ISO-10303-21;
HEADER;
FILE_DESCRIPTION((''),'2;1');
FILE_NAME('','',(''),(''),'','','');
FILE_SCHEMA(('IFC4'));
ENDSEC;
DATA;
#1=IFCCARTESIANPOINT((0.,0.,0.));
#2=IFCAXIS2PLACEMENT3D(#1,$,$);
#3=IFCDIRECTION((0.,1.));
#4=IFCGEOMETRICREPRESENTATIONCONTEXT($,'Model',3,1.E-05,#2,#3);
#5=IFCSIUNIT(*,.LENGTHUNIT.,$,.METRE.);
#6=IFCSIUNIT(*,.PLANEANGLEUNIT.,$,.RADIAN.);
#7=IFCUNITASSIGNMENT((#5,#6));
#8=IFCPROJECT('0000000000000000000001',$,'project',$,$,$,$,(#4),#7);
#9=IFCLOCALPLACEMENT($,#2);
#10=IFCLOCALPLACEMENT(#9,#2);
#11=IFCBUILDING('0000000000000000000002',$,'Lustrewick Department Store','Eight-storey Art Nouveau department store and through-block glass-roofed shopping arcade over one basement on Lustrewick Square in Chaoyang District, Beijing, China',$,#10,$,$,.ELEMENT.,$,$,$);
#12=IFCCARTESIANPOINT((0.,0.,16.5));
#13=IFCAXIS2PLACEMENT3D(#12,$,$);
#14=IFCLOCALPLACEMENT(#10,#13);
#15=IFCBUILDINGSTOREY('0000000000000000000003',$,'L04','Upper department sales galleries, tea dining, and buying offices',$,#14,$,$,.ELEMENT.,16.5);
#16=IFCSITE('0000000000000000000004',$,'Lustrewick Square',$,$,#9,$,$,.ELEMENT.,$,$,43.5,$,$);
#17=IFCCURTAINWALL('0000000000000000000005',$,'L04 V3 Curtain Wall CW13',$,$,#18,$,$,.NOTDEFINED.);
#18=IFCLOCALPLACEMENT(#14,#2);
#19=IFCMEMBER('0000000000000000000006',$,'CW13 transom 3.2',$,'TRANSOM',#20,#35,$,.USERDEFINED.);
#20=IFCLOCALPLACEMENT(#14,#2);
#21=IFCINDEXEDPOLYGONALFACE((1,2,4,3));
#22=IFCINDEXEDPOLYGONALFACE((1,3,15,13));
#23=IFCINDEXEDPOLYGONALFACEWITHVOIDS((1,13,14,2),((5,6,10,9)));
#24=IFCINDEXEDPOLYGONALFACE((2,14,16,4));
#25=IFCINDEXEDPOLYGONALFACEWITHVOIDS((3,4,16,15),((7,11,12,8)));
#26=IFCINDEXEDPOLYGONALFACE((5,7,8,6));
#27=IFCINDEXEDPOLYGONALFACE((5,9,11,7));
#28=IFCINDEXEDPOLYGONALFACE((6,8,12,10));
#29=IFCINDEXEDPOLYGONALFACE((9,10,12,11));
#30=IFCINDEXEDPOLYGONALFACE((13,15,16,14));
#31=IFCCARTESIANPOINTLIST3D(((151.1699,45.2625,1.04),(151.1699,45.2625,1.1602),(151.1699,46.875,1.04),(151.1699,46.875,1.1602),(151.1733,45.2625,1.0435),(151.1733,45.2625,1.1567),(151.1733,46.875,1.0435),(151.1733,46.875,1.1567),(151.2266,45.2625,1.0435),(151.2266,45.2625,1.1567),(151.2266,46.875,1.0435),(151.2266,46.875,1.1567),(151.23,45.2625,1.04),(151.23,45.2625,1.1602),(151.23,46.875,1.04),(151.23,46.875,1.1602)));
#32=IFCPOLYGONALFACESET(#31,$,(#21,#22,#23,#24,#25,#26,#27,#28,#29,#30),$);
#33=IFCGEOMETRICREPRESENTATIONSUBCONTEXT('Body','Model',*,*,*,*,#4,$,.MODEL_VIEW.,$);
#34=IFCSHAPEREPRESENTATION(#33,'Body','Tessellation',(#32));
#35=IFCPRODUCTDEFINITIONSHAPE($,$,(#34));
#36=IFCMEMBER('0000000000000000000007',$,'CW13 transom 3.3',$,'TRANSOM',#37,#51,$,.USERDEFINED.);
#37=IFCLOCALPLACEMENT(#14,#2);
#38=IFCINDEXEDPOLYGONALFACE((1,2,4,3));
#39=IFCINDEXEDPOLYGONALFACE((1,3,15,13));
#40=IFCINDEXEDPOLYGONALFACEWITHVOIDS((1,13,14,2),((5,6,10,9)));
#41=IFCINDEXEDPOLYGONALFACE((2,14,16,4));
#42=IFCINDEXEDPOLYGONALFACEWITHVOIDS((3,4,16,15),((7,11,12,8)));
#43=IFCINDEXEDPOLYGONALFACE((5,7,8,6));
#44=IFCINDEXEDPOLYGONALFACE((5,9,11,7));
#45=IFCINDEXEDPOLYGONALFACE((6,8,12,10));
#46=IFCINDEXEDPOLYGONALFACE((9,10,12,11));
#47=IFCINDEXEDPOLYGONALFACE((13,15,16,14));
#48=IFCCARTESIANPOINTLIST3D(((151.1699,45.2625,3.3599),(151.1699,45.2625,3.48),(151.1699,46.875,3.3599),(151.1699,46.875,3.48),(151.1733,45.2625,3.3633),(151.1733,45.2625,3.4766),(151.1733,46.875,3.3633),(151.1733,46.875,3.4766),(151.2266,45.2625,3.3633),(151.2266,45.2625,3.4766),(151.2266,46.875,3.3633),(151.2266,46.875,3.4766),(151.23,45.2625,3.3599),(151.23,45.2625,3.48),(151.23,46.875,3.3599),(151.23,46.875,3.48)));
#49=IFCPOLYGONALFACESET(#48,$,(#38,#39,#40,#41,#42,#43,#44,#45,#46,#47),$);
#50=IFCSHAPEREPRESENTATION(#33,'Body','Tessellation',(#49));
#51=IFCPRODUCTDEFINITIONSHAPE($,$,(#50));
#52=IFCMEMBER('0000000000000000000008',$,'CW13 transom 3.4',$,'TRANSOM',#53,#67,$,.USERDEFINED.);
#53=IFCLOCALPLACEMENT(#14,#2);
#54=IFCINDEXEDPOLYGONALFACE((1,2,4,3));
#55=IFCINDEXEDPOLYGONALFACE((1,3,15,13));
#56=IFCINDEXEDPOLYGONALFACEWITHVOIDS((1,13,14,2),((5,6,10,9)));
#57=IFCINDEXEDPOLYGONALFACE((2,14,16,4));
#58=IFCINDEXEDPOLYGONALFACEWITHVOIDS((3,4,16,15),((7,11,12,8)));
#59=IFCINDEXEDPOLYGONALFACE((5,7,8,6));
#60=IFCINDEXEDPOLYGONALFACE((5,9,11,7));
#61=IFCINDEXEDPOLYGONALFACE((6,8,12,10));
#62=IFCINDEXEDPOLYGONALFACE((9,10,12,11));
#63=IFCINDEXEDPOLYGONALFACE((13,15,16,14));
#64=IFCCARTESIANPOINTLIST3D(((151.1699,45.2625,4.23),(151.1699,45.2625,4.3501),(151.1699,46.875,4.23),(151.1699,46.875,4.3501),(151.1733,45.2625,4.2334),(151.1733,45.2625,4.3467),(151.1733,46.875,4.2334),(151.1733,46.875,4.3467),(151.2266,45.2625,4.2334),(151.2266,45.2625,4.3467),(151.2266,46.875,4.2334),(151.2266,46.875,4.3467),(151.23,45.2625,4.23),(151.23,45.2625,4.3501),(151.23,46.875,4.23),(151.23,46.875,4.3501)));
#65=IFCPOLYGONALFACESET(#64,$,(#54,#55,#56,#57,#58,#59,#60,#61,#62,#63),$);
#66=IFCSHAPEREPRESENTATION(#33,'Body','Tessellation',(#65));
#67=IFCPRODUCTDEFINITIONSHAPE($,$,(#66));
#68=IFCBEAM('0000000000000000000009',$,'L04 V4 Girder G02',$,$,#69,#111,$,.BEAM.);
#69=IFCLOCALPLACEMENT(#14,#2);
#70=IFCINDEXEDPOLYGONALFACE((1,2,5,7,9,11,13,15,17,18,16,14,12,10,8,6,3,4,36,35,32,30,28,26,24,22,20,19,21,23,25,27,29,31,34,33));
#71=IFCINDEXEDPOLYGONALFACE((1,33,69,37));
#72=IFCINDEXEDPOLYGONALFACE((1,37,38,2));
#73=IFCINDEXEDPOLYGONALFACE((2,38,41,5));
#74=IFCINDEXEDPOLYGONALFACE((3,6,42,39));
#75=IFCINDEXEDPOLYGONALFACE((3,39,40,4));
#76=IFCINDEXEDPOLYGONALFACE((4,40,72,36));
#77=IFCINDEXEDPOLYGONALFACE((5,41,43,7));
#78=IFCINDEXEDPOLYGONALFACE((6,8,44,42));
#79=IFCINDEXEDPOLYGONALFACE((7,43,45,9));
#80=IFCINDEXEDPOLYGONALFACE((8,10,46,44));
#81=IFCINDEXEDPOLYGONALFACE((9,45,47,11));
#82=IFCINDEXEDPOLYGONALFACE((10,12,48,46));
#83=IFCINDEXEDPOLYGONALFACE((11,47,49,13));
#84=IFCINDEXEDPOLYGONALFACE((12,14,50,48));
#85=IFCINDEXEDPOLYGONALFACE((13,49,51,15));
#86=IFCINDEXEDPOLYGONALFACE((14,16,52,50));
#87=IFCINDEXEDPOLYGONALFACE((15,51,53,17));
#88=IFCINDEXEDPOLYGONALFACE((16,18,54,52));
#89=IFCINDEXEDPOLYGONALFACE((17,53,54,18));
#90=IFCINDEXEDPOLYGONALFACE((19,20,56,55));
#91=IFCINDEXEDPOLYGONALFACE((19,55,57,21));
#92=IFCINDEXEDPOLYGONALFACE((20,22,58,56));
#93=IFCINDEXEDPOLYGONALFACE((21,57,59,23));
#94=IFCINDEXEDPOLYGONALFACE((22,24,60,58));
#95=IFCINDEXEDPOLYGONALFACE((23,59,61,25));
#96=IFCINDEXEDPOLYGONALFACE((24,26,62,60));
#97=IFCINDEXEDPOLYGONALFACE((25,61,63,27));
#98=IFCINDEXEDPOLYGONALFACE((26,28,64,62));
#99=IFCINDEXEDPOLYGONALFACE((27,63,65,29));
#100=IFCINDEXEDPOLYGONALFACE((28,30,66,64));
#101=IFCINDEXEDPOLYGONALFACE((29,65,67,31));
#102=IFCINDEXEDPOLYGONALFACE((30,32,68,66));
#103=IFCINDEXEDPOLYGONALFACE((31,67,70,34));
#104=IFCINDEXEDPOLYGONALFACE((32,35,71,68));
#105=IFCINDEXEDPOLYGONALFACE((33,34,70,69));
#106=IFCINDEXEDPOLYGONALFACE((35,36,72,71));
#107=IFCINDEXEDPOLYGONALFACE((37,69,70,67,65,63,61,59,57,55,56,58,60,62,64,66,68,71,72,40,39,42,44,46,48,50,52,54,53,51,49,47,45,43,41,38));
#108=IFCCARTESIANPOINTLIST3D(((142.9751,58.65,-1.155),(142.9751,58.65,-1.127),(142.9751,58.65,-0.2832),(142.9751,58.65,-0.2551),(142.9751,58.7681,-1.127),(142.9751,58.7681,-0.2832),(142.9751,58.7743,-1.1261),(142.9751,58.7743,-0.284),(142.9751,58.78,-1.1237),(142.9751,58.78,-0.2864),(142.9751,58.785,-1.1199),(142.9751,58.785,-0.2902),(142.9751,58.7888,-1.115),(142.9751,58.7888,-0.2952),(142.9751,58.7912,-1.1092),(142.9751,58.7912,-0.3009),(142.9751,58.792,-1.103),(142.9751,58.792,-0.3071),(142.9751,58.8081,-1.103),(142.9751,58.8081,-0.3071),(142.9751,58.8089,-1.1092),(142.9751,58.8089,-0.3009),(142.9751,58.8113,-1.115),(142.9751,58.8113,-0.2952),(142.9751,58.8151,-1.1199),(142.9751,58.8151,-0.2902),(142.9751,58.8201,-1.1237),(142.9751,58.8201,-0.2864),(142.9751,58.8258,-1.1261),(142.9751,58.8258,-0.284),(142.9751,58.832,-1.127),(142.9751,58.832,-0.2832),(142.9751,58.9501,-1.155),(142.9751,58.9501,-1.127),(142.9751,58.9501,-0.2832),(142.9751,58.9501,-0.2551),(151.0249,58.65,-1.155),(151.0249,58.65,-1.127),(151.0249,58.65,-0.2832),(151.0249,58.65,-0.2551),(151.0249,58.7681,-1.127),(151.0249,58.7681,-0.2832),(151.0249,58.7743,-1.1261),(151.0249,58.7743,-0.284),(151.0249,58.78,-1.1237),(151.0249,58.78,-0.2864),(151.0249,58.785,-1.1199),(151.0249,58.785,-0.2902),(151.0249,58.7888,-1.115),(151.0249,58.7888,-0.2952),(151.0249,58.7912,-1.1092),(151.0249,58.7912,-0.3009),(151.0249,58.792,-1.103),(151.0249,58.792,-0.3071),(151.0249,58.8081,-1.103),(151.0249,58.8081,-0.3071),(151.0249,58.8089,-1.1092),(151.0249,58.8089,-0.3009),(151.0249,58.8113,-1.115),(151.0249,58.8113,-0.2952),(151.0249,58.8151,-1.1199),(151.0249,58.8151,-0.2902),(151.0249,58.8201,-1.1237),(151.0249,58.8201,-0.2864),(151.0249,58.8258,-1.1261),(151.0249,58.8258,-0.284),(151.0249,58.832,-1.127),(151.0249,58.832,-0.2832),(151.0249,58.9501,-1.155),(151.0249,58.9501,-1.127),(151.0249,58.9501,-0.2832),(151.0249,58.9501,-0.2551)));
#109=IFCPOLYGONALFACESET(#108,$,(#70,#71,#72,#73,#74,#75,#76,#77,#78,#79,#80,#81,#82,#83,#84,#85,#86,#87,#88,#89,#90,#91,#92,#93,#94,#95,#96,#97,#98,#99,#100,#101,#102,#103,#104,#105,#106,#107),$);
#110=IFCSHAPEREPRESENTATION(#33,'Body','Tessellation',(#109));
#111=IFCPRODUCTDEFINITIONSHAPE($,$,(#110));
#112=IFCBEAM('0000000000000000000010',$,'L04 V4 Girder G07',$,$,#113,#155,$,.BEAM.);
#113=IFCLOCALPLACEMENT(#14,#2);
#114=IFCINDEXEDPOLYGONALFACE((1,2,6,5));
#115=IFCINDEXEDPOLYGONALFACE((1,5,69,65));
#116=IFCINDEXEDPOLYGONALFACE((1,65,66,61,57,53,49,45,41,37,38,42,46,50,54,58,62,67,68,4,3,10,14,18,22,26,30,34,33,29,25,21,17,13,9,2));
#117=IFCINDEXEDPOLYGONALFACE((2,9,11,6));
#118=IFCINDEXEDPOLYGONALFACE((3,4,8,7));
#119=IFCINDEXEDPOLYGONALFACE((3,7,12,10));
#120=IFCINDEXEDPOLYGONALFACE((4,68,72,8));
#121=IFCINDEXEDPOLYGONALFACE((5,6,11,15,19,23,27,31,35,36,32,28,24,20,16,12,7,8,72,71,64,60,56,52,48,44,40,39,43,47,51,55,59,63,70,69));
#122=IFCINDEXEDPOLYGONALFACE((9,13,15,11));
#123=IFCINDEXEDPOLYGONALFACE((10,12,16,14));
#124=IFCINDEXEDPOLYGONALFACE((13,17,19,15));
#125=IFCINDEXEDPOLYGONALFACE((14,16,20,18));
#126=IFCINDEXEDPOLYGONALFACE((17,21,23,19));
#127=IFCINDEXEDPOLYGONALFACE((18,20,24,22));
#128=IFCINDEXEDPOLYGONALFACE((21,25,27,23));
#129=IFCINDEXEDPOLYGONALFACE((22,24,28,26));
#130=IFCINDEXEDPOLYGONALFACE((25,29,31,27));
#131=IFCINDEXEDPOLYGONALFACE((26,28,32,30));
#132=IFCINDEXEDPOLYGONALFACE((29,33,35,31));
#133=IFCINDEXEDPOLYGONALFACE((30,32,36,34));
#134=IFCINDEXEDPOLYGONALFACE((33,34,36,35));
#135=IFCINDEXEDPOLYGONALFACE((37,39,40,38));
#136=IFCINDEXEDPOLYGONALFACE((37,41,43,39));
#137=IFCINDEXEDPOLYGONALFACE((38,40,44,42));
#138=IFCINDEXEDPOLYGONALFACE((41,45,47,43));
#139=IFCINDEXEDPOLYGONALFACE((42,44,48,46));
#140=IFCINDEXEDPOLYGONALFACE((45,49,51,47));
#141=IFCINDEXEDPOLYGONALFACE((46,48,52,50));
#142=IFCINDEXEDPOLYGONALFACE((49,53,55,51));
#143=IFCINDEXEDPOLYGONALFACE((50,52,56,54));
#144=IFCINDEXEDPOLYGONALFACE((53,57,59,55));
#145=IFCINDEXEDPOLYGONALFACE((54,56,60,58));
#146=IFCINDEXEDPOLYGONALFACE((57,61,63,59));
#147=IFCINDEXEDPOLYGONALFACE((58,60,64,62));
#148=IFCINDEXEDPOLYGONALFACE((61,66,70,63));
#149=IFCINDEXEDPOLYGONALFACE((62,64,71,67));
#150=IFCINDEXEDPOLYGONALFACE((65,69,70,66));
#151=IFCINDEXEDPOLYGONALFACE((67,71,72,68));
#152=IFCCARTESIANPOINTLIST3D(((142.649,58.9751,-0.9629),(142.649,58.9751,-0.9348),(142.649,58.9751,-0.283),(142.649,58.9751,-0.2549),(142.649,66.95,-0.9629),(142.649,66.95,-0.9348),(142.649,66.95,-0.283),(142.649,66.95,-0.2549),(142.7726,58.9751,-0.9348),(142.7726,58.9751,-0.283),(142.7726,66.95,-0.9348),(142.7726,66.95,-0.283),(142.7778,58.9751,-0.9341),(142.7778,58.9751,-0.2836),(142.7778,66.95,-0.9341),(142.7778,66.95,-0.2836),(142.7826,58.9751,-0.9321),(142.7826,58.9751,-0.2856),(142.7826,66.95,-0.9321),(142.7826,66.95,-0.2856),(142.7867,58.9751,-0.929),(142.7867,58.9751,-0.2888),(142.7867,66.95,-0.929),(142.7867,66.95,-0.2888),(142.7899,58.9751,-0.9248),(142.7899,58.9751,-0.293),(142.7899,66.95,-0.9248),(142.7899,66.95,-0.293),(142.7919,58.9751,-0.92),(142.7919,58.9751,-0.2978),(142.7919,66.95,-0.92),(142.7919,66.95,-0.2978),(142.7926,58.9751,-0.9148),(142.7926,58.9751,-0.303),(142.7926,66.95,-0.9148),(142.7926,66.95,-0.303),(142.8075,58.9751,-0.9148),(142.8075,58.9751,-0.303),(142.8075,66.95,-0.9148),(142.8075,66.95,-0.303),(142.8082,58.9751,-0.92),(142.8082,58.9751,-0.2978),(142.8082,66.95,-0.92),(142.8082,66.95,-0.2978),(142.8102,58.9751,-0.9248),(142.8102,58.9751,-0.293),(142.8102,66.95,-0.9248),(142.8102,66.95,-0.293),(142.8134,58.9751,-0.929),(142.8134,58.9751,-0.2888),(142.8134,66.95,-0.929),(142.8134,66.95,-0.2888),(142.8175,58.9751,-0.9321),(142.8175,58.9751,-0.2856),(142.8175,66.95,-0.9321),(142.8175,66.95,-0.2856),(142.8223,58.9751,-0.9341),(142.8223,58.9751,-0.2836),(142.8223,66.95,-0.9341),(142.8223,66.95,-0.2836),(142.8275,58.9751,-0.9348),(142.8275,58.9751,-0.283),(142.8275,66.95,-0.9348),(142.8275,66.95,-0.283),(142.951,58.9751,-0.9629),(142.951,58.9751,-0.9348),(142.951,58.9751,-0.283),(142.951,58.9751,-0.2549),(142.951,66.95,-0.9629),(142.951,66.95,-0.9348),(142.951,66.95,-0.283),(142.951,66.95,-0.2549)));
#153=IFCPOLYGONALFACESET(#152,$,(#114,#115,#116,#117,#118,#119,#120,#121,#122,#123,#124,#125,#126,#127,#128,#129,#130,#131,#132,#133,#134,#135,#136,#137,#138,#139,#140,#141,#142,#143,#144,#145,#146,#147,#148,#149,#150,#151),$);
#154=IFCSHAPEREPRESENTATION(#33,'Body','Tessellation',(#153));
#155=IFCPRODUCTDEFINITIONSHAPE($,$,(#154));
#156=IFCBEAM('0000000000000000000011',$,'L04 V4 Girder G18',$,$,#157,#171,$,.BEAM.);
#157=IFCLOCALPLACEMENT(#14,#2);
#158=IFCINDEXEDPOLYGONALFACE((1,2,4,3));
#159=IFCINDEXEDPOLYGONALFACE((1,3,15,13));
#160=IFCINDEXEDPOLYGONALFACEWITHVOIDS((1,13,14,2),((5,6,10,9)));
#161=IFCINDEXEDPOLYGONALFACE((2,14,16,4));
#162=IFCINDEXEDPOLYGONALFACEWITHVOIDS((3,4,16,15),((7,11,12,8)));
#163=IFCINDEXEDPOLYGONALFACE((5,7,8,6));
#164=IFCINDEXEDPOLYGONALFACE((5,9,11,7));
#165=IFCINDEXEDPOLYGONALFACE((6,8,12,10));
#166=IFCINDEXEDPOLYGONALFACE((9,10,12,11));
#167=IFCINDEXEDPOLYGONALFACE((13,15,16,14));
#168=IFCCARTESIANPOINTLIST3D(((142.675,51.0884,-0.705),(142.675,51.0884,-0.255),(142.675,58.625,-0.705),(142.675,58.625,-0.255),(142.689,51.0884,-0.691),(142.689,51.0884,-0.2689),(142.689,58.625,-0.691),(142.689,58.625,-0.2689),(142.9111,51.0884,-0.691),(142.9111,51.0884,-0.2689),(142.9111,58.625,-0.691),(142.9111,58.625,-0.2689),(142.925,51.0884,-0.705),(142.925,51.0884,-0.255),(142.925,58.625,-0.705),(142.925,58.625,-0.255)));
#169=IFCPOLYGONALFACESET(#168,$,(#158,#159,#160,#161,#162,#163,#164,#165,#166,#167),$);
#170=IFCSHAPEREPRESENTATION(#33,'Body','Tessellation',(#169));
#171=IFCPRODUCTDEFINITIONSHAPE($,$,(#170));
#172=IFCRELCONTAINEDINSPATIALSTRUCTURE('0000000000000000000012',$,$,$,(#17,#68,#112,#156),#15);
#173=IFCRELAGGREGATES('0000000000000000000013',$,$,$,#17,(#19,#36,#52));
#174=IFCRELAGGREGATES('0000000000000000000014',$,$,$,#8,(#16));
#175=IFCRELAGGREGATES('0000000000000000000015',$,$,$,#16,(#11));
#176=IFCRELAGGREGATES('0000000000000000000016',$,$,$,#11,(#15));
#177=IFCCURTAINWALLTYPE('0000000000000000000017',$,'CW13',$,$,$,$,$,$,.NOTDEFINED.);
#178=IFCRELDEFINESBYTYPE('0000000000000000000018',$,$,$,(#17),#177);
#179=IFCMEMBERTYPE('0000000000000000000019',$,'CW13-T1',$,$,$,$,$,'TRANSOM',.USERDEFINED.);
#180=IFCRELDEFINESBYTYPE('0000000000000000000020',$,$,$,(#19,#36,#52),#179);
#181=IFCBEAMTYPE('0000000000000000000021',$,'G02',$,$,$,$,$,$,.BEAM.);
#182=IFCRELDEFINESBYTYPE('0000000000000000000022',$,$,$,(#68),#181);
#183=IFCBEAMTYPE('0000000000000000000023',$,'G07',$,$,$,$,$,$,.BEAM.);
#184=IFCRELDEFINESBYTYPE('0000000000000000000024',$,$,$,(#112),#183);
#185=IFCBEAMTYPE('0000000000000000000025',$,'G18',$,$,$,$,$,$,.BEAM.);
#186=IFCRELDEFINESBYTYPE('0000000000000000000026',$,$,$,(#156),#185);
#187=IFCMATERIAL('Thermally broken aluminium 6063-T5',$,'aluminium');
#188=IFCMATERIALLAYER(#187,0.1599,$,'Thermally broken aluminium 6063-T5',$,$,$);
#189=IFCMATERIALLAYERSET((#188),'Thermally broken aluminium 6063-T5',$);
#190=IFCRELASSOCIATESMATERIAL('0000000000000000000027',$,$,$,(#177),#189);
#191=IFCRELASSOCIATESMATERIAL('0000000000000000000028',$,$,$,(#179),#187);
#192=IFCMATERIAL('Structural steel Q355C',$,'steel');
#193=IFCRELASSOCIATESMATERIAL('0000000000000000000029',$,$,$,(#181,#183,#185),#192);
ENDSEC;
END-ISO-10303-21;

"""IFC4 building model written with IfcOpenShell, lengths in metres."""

from ifc_helpers import new_model, si_unit, direction, frame, origin, origin_2d, place, context, subcontext, project, spatial, hollow_rectangle, i_section, extrude, material, layer, layer_set, material_profile, profile_set, type_object, element, aggregate, save


model = new_model("IFC4")

# Units and contexts
model_context = context("Model", 3, precision=1e-05, world=origin(), true_north=direction((0.0, 1.0)))
body_context = subcontext(model_context, "Body", "Model", "MODEL_VIEW")
ifc_project = project(units=[si_unit("LENGTHUNIT", "METRE"), si_unit("PLANEANGLEUNIT", "RADIAN")], contexts=[model_context])

# Site, building, storey
site_placement = place(None, origin())
site = spatial("IfcSite", under=ifc_project, at=site_placement, Name="Lustrewick Square", CompositionType="ELEMENT", RefElevation=43.5)
building_placement = place(site_placement, origin())
building = spatial("IfcBuilding", under=site, at=building_placement, Name="Lustrewick Department Store", Description="Eight-storey Art Nouveau department store and through-block glass-roofed shopping arcade over one basement on Lustrewick Square in Chaoyang District, Beijing, China", CompositionType="ELEMENT")
storey_placement = place(building_placement, frame((0.0, 0.0, 16.5)))
storey = spatial("IfcBuildingStorey", under=building, at=storey_placement, Name="L04", Description="Upper department sales galleries, tea dining, and buying offices", CompositionType="ELEMENT", Elevation=16.5)

# Shared definitions
ifc_material_1 = material(Name="Structural steel Q355C", Category="steel")

# Curtain wall, members
ifc_material_2 = material(Name="Thermally broken aluminium 6063-T5", Category="aluminium")
ifc_layer_1 = layer(ifc_material_2, 0.1599, Name="Thermally broken aluminium 6063-T5")
ifc_layer_set_1 = layer_set([ifc_layer_1], Name="Thermally broken aluminium 6063-T5")
curtain_wall_type = type_object("IfcCurtainWallType", Name="CW13", PredefinedType="NOTDEFINED", material=ifc_layer_set_1)
curtain_wall_placement = place(storey_placement, origin())
curtain_wall = element("IfcCurtainWall", 1, at=curtain_wall_placement, inside=storey, type_object=curtain_wall_type, Name="L04 V3 Curtain Wall CW13", PredefinedType="NOTDEFINED")
ifc_material_profile_1 = material_profile(ifc_material_2, hollow_rectangle(XDim=0.0601, YDim=0.1201, WallThickness=0.0034, at=origin_2d()), Name="ALU-T 60x120x3.5")
ifc_profile_set_1 = profile_set([ifc_material_profile_1], Name="Thermally broken aluminium 6063-T5")
member_type_1 = type_object("IfcMemberType", Name="CW13-T1", ElementType="TRANSOM", PredefinedType="USERDEFINED", material=ifc_profile_set_1)
member_1_placement = place(storey_placement, frame((151.2, 45.2625, 1.1001), z_axis=(0.0, 1.0, 0.0), x_axis=(-1.0, 0.0, 0.0)))
member_1 = element("IfcMember", 2, at=member_1_placement, type_object=member_type_1, Name="CW13 transom 3.2", ObjectType="TRANSOM", PredefinedType="USERDEFINED", context=body_context, shape_type="SweptSolid", body=[
    extrude(hollow_rectangle(XDim=0.0601, YDim=0.1201, WallThickness=0.0034, at=origin_2d()), origin(), (0.0, 0.0, 1.0), 1.6125),
])
member_2_placement = place(storey_placement, frame((151.2, 45.2625, 3.4199), z_axis=(0.0, 1.0, 0.0), x_axis=(-1.0, 0.0, 0.0)))
member_2 = element("IfcMember", 3, at=member_2_placement, type_object=member_type_1, Name="CW13 transom 3.3", ObjectType="TRANSOM", PredefinedType="USERDEFINED", context=body_context, shape_type="SweptSolid", body=[
    extrude(hollow_rectangle(XDim=0.0601, YDim=0.1201, WallThickness=0.0034, at=origin_2d()), origin(), (0.0, 0.0, 1.0), 1.6125),
])
member_3_placement = place(storey_placement, frame((151.2, 45.2625, 4.29), z_axis=(0.0, 1.0, 0.0), x_axis=(-1.0, 0.0, 0.0)))
member_3 = element("IfcMember", 4, at=member_3_placement, type_object=member_type_1, Name="CW13 transom 3.4", ObjectType="TRANSOM", PredefinedType="USERDEFINED", context=body_context, shape_type="SweptSolid", body=[
    extrude(hollow_rectangle(XDim=0.0601, YDim=0.1201, WallThickness=0.0034, at=origin_2d()), origin(), (0.0, 0.0, 1.0), 1.6125),
])

# Beams
ifc_material_profile_2 = material_profile(ifc_material_1, i_section(OverallWidth=0.3, OverallDepth=0.8999, WebThickness=0.0161, FlangeThickness=0.0281, FilletRadius=0.0239, at=origin_2d()), Name="HN 900x300x16x28")
ifc_profile_set_2 = profile_set([ifc_material_profile_2], Name="Structural steel Q355C")
beam_type_1 = type_object("IfcBeamType", Name="G02", PredefinedType="BEAM", material=ifc_profile_set_2)
beam_1_placement = place(storey_placement, frame((142.9751, 58.8, -0.7051), z_axis=(1.0, 0.0, 0.0), x_axis=(0.0, 1.0, 0.0)))
element("IfcBeam", 5, at=beam_1_placement, inside=storey, type_object=beam_type_1, Name="L04 V4 Girder G02", PredefinedType="BEAM", context=body_context, shape_type="SweptSolid", body=[
    extrude(i_section(OverallWidth=0.3, OverallDepth=0.8999, WebThickness=0.0161, FlangeThickness=0.0281, FilletRadius=0.0239, at=origin_2d()), origin(), (0.0, 0.0, 1.0), 8.0498),
])
ifc_material_profile_3 = material_profile(ifc_material_1, i_section(OverallWidth=0.302, OverallDepth=0.708, WebThickness=0.0149, FlangeThickness=0.0281, FilletRadius=0.02, at=origin_2d()), Name="HN 708x302x15x28")
ifc_profile_set_3 = profile_set([ifc_material_profile_3], Name="Structural steel Q355C")
beam_type_2 = type_object("IfcBeamType", Name="G07", PredefinedType="BEAM", material=ifc_profile_set_3)
beam_2_placement = place(storey_placement, frame((142.8, 58.9751, -0.6089), z_axis=(0.0, 1.0, 0.0), x_axis=(-1.0, 0.0, 0.0)))
element("IfcBeam", 6, at=beam_2_placement, inside=storey, type_object=beam_type_2, Name="L04 V4 Girder G07", PredefinedType="BEAM", context=body_context, shape_type="SweptSolid", body=[
    extrude(i_section(OverallWidth=0.302, OverallDepth=0.708, WebThickness=0.0149, FlangeThickness=0.0281, FilletRadius=0.02, at=origin_2d()), origin(), (0.0, 0.0, 1.0), 7.9749),
])
ifc_material_profile_4 = material_profile(ifc_material_1, hollow_rectangle(XDim=0.25, YDim=0.45, WallThickness=0.0139, at=origin_2d()), Name="RHS 450x250x14")
ifc_profile_set_4 = profile_set([ifc_material_profile_4], Name="Structural steel Q355C")
beam_type_3 = type_object("IfcBeamType", Name="G18", PredefinedType="BEAM", material=ifc_profile_set_4)
beam_3_placement = place(storey_placement, frame((142.8, 51.0884, -0.48), z_axis=(0.0, 1.0, 0.0), x_axis=(-1.0, 0.0, 0.0)))
element("IfcBeam", 7, at=beam_3_placement, inside=storey, type_object=beam_type_3, Name="L04 V4 Girder G18", PredefinedType="BEAM", context=body_context, shape_type="SweptSolid", body=[
    extrude(hollow_rectangle(XDim=0.25, YDim=0.45, WallThickness=0.0139, at=origin_2d()), origin(), (0.0, 0.0, 1.0), 7.5366),
])

aggregate(curtain_wall, [member_1, member_2, member_3])

save(model, "model.ifc")
